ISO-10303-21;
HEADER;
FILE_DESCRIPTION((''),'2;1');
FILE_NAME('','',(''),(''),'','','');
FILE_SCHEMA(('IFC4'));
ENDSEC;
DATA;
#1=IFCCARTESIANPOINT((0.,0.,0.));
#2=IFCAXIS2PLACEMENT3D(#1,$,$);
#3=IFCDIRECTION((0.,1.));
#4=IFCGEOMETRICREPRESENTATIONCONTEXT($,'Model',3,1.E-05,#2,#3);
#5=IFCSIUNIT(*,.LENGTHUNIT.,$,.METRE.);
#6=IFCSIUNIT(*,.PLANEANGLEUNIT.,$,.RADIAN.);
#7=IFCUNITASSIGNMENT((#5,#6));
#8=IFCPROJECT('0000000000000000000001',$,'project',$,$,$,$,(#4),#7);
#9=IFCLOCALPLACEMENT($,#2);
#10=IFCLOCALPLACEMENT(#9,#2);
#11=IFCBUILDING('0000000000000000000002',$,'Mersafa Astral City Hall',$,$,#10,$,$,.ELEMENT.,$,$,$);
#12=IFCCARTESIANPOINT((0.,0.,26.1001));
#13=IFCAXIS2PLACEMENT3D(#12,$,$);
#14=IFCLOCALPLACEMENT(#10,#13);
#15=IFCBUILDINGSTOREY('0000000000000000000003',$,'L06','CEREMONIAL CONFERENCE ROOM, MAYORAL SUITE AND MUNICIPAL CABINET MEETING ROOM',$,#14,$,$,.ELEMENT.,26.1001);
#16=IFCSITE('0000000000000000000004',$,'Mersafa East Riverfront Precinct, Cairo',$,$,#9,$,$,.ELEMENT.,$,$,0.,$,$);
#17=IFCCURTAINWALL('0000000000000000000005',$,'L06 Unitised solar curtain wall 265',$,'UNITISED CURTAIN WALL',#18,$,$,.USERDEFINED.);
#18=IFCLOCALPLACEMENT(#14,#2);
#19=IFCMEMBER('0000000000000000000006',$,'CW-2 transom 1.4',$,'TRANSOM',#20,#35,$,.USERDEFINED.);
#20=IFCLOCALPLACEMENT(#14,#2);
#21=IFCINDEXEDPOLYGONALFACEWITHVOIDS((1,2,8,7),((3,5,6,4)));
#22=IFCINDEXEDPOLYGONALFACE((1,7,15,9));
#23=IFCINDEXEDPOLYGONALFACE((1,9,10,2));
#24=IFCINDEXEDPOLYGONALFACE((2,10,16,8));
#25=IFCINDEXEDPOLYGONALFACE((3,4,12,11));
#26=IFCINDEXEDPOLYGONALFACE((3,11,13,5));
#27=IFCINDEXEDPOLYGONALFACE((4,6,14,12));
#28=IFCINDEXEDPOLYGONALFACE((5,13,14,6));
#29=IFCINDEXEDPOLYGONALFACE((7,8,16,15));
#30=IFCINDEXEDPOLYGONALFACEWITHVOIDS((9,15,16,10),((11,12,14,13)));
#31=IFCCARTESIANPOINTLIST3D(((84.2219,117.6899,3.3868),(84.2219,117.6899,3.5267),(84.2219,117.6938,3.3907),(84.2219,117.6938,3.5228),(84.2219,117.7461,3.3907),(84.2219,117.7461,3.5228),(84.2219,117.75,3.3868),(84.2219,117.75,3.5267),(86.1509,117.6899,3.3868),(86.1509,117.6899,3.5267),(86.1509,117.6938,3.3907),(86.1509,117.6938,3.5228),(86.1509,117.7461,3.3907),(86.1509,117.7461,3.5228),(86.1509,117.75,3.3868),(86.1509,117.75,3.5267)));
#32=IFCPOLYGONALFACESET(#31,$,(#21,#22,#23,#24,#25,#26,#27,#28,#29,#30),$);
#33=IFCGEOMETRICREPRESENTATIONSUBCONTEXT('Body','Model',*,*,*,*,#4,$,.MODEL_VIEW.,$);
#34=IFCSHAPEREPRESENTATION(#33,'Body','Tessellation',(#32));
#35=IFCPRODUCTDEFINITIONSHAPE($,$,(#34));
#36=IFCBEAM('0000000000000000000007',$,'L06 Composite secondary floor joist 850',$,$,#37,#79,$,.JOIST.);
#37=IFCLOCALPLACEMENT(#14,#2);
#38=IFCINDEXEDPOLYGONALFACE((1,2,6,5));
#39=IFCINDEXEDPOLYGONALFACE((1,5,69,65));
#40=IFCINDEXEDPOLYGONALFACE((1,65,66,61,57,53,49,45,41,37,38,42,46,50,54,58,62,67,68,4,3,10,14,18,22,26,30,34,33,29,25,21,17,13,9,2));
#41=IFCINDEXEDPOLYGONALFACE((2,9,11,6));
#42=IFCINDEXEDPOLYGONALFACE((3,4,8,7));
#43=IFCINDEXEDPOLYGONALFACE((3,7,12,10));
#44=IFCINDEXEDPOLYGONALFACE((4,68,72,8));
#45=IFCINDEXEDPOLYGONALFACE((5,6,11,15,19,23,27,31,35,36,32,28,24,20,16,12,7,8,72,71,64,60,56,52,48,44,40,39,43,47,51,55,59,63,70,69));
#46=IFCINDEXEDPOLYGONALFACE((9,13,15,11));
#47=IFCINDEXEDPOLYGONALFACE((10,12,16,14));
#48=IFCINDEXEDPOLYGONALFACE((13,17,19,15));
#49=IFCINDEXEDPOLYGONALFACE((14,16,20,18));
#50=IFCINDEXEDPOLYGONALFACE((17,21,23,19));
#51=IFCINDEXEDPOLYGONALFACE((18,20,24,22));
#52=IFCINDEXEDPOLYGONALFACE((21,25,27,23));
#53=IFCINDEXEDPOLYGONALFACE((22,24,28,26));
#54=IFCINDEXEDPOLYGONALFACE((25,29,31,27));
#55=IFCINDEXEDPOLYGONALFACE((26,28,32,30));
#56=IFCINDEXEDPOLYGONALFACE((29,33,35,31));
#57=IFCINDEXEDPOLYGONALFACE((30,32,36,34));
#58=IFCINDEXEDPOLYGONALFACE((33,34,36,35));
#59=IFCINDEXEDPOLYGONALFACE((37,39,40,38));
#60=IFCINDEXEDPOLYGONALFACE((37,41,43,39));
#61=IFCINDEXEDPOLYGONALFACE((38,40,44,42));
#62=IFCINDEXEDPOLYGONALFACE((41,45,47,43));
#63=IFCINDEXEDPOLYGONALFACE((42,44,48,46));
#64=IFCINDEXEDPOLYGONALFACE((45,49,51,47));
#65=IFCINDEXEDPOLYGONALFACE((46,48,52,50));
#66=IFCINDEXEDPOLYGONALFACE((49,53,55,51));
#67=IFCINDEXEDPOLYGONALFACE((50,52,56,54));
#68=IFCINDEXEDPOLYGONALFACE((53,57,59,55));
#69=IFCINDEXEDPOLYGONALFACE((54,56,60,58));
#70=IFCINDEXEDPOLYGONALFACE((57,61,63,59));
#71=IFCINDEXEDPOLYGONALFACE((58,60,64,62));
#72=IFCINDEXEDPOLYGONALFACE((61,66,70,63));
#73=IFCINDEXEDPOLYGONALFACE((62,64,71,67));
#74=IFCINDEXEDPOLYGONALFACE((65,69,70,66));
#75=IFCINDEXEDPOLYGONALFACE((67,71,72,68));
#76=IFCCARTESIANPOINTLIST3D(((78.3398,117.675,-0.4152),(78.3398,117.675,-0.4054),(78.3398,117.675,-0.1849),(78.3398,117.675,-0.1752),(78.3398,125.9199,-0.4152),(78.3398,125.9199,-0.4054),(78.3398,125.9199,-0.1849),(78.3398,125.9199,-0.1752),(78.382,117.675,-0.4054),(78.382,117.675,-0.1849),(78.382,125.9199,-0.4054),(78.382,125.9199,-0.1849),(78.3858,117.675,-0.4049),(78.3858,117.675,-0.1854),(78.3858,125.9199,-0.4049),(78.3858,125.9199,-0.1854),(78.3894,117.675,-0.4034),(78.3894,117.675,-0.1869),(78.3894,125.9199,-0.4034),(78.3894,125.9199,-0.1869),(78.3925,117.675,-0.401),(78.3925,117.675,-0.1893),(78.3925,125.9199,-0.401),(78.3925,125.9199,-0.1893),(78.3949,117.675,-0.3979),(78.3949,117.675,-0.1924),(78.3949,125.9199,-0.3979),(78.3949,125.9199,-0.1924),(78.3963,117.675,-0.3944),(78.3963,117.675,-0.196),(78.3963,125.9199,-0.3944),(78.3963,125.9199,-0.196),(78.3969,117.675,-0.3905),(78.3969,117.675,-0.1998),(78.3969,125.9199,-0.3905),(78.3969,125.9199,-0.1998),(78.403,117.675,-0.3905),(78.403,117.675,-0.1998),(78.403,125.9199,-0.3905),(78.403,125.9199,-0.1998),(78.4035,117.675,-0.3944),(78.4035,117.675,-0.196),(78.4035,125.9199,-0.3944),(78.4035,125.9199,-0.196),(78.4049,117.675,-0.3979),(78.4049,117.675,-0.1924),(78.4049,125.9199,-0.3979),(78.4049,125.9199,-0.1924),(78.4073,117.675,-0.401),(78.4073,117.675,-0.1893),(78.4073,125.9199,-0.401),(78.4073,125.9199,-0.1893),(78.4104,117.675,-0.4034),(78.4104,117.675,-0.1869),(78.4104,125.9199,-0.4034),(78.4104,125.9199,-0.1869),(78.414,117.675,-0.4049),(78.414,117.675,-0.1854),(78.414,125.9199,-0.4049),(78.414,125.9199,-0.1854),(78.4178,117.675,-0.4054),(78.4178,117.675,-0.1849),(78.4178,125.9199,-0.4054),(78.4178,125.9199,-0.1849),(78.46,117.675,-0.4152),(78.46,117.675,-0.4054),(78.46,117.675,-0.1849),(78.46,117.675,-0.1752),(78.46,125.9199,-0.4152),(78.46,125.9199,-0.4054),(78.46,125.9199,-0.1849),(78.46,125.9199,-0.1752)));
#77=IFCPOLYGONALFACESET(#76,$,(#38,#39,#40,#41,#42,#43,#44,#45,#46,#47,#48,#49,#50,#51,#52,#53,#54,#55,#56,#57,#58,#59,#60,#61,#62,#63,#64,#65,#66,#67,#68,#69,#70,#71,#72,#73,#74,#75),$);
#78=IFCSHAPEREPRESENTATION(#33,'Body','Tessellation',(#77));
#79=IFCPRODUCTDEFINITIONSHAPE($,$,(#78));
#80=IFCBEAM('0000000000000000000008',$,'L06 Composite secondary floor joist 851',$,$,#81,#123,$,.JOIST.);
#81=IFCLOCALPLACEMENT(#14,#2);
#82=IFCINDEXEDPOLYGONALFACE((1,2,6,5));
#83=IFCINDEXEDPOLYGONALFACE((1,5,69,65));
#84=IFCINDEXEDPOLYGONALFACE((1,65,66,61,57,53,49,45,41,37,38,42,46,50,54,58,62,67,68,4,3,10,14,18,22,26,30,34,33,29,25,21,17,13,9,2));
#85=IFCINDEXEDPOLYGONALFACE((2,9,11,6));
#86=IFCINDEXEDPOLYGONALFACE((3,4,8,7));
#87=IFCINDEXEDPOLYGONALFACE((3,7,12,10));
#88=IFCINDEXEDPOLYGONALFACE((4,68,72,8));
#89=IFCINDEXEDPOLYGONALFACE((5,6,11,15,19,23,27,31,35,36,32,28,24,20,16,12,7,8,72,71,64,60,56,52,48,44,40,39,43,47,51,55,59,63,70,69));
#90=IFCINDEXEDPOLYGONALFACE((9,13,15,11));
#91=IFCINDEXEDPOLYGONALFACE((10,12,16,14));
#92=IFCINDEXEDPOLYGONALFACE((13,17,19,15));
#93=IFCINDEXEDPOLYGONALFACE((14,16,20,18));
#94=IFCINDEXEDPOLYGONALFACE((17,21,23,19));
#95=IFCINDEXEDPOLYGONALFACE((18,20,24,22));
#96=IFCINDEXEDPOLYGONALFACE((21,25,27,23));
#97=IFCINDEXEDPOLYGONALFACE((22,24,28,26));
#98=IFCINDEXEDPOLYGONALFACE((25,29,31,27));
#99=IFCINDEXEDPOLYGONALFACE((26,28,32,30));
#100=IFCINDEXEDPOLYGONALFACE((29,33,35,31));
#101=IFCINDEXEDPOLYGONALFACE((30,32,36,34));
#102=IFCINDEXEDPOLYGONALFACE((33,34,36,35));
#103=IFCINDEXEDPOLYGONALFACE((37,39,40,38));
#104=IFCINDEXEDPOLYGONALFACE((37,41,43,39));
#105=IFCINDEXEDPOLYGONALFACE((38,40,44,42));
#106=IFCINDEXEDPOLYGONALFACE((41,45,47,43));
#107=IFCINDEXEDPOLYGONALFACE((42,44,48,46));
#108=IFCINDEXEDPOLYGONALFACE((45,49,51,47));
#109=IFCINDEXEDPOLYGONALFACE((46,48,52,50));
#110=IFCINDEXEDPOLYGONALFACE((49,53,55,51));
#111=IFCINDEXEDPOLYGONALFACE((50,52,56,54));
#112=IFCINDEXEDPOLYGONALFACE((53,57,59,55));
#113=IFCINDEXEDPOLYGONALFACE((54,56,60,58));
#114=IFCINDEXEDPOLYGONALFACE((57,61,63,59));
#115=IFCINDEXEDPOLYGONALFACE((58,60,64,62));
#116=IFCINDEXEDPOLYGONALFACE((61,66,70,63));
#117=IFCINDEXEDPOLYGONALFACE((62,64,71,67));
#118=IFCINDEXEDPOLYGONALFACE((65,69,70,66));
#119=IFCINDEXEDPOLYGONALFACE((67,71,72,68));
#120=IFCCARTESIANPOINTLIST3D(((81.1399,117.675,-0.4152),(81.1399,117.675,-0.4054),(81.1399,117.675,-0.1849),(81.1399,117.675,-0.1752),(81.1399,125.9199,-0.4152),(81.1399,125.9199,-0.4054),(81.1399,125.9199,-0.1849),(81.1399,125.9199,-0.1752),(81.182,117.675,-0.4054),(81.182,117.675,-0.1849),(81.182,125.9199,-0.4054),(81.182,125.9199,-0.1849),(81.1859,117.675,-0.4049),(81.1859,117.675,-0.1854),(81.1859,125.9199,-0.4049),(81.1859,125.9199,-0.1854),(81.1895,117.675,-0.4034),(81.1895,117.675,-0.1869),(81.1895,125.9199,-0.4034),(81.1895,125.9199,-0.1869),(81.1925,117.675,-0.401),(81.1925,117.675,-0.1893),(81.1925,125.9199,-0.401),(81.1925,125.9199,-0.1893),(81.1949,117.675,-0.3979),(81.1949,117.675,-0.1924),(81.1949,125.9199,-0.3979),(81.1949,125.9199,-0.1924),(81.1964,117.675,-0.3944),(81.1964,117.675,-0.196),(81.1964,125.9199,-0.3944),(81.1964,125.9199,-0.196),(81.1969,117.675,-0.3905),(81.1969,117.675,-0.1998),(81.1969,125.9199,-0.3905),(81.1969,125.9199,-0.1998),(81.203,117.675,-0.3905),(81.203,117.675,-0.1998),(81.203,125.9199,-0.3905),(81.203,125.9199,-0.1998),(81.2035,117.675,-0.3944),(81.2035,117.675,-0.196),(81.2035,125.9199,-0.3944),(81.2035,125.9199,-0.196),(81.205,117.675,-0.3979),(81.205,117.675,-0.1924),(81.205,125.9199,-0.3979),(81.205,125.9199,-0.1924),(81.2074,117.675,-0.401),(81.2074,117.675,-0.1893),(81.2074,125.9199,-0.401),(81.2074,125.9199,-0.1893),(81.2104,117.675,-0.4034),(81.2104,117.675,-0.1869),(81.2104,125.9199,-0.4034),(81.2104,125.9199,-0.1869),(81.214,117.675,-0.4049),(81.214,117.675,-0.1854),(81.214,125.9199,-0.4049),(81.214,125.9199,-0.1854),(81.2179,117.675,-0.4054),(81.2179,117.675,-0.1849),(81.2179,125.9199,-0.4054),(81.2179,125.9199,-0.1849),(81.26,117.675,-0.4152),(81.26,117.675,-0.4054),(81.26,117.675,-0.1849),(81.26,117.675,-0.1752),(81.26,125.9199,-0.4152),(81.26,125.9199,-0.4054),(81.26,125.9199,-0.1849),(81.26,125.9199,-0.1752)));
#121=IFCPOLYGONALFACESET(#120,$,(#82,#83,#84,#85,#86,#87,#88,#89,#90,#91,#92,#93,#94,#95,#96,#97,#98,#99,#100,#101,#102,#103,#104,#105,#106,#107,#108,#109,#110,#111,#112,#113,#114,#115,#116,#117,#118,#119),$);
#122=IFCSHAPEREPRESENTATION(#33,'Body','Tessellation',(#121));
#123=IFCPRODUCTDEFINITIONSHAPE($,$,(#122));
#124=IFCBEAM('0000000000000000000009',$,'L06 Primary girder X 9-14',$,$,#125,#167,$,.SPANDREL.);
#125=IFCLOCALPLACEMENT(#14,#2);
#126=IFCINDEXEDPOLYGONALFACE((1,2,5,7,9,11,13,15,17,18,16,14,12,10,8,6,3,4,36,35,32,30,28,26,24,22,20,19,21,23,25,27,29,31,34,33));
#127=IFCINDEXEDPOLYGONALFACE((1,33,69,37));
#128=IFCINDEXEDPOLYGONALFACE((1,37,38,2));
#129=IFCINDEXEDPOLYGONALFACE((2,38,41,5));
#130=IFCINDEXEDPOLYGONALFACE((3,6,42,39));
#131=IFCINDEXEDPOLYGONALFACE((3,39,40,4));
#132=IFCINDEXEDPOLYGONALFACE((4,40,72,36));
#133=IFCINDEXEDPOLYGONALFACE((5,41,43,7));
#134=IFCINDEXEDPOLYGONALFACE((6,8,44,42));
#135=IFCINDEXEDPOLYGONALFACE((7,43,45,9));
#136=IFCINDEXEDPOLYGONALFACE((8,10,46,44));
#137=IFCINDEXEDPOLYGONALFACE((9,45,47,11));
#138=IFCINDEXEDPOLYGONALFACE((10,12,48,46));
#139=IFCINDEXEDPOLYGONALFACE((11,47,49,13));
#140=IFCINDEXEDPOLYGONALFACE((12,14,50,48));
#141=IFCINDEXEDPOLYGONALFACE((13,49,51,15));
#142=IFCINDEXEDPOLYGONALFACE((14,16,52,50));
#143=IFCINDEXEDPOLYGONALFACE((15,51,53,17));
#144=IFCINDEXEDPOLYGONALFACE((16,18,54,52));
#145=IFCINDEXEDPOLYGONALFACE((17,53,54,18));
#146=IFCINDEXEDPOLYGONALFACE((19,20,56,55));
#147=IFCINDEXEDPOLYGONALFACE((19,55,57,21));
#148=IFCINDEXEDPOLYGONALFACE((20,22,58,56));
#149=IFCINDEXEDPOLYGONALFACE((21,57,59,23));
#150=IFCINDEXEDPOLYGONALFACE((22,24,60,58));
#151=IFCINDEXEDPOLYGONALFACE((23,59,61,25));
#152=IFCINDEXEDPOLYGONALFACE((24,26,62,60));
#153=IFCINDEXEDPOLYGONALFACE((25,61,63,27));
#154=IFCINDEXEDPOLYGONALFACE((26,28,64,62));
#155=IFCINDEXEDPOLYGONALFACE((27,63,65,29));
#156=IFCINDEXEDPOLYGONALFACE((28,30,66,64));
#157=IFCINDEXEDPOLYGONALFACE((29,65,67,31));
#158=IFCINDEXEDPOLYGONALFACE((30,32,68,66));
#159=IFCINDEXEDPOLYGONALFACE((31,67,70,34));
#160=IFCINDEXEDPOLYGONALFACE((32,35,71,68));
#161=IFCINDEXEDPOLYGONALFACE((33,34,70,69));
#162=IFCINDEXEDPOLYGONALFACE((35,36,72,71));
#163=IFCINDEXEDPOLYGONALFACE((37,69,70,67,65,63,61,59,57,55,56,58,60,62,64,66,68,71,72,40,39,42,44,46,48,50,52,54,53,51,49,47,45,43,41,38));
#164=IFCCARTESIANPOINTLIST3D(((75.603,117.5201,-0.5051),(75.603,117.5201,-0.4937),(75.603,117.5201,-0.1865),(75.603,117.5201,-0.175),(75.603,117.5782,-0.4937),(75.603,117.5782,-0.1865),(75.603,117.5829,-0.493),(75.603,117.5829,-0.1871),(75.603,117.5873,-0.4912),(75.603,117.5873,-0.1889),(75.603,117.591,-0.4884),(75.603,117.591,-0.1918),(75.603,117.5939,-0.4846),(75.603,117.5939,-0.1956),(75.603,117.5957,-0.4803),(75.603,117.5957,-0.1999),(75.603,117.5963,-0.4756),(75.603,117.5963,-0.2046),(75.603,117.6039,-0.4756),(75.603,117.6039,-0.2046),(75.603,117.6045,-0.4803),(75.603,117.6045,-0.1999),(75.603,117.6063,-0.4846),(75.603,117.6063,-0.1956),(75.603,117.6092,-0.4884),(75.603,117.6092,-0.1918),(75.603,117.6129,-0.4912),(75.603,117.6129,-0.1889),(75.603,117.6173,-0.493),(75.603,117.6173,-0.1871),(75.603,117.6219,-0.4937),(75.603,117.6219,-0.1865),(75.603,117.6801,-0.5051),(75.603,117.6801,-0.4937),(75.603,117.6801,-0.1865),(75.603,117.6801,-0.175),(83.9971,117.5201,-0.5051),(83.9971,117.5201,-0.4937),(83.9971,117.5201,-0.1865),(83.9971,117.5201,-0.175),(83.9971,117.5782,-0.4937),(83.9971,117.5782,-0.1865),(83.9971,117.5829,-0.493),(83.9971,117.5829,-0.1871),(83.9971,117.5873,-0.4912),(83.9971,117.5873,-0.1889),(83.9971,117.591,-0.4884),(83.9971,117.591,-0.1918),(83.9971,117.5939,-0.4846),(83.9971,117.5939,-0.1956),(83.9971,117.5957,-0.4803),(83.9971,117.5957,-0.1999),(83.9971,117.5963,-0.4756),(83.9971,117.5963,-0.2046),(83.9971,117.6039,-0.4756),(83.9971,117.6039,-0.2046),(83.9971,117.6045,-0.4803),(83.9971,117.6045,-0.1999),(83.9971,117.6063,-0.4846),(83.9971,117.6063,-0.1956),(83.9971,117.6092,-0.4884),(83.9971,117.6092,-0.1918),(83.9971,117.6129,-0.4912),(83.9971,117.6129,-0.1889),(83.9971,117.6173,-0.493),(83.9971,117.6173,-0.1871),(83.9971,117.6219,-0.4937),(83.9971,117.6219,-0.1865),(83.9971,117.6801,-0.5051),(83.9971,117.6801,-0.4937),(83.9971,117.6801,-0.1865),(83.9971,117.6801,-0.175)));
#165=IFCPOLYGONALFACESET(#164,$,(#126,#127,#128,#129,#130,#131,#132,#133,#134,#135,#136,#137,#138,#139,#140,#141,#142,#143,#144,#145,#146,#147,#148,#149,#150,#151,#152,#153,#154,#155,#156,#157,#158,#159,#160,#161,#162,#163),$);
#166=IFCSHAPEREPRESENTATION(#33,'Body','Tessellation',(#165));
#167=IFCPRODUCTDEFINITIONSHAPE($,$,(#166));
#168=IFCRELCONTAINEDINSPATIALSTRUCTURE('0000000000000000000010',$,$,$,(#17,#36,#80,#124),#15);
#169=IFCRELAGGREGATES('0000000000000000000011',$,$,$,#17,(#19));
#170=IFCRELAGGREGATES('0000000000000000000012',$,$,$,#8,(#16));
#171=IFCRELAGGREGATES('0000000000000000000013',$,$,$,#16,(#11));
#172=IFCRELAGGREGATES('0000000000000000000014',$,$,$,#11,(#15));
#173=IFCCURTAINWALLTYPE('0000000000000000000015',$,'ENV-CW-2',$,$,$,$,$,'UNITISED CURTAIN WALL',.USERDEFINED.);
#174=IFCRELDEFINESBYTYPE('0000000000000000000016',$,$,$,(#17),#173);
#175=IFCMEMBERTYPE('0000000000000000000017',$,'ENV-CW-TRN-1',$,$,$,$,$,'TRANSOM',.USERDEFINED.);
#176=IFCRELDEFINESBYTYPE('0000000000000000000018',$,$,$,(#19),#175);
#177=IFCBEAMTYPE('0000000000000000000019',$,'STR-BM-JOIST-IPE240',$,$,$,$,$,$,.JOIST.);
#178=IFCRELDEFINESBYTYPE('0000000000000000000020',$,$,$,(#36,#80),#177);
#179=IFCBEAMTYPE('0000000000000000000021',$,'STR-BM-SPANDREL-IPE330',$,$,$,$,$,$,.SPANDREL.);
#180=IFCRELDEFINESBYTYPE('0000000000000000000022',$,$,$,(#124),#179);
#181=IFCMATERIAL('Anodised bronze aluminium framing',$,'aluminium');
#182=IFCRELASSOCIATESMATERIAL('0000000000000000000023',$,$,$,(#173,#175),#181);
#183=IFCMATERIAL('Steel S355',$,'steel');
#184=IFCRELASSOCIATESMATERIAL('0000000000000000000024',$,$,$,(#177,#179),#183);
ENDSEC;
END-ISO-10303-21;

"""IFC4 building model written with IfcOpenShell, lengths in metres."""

from ifc_helpers import new_model, si_unit, direction, frame, origin, origin_2d, place, context, subcontext, project, spatial, hollow_rectangle, i_section, extrude, material, material_profile, profile_set, type_object, element, aggregate, save


model = new_model("IFC4")

# Units and contexts
model_context = context("Model", 3, precision=1e-05, world=origin(), true_north=direction((0.0, 1.0)))
body_context = subcontext(model_context, "Body", "Model", "MODEL_VIEW")
ifc_project = project(units=[si_unit("LENGTHUNIT", "METRE"), si_unit("PLANEANGLEUNIT", "RADIAN")], contexts=[model_context])

# Site, building, storey
site_placement = place(None, origin())
site = spatial("IfcSite", under=ifc_project, at=site_placement, Name="Mersafa East Riverfront Precinct, Cairo", CompositionType="ELEMENT", RefElevation=0.0)
building_placement = place(site_placement, origin())
building = spatial("IfcBuilding", under=site, at=building_placement, Name="Mersafa Astral City Hall", CompositionType="ELEMENT")
storey_placement = place(building_placement, frame((0.0, 0.0, 26.1001)))
storey = spatial("IfcBuildingStorey", under=building, at=storey_placement, Name="L06", Description="CEREMONIAL CONFERENCE ROOM, MAYORAL SUITE AND MUNICIPAL CABINET MEETING ROOM", CompositionType="ELEMENT", Elevation=26.1001)

# Shared definitions
ifc_material_1 = material(Name="Steel S355", Category="steel")

# Shared definitions
ifc_material_2 = material(Name="Anodised bronze aluminium framing", Category="aluminium")

# Curtain wall, member
curtain_wall_type_1 = type_object("IfcCurtainWallType", Name="ENV-CW-2", ElementType="UNITISED CURTAIN WALL", PredefinedType="USERDEFINED", material=ifc_material_2)
curtain_wall_1_placement = place(storey_placement, origin())
curtain_wall_1 = element("IfcCurtainWall", 1, at=curtain_wall_1_placement, inside=storey, type_object=curtain_wall_type_1, Name="L06 Unitised solar curtain wall 265", ObjectType="UNITISED CURTAIN WALL", PredefinedType="USERDEFINED")
ifc_material_profile_1 = material_profile(ifc_material_2, hollow_rectangle(XDim=0.0601, YDim=0.1399, WallThickness=0.0039, at=origin_2d()), Name="RHS 60x140x4")
ifc_profile_set_1 = profile_set([ifc_material_profile_1], Name="Anodised bronze aluminium framing")
member_type_1 = type_object("IfcMemberType", Name="ENV-CW-TRN-1", ElementType="TRANSOM", PredefinedType="USERDEFINED", material=ifc_profile_set_1)
member_1_placement = place(storey_placement, frame((84.2219, 117.72, 3.4568), z_axis=(1.0, 0.0, 0.0), x_axis=(0.0, 1.0, 0.0)))
member_1 = element("IfcMember", 2, at=member_1_placement, type_object=member_type_1, Name="CW-2 transom 1.4", ObjectType="TRANSOM", PredefinedType="USERDEFINED", context=body_context, shape_type="SweptSolid", body=[
    extrude(hollow_rectangle(XDim=0.0601, YDim=0.1399, WallThickness=0.0039, at=origin_2d()), origin(), (0.0, 0.0, 1.0), 1.929),
])

# Beams
ifc_material_profile_2 = material_profile(ifc_material_1, i_section(OverallWidth=0.1201, OverallDepth=0.24, WebThickness=0.0061, FlangeThickness=0.0098, FilletRadius=0.0149, at=origin_2d()), Name="IPE 240")
ifc_profile_set_2 = profile_set([ifc_material_profile_2], Name="Steel S355")
beam_type_1 = type_object("IfcBeamType", Name="STR-BM-JOIST-IPE240", PredefinedType="JOIST", material=ifc_profile_set_2)
for number, where, z_axis, x_axis, name in (
    (3, (78.3999, 117.675, -0.2952), (0.0, 1.0, 0.0), (-1.0, 0.0, 0.0), "L06 Composite secondary floor joist 850"),
    (4, (81.2, 117.675, -0.2952), (0.0, 1.0, 0.0), (-1.0, 0.0, 0.0), "L06 Composite secondary floor joist 851"),
):
    element("IfcBeam", number, at=place(storey_placement, frame(where, z_axis=z_axis, x_axis=x_axis)), inside=storey, type_object=beam_type_1, Name=name, PredefinedType="JOIST", context=body_context, shape_type="SweptSolid", body=[
        extrude(i_section(OverallWidth=0.1201, OverallDepth=0.24, WebThickness=0.0061, FlangeThickness=0.0098, FilletRadius=0.0149, at=origin_2d()), origin(), (0.0, 0.0, 1.0), 8.2449),
    ])
ifc_material_profile_3 = material_profile(ifc_material_1, i_section(OverallWidth=0.1599, OverallDepth=0.3301, WebThickness=0.0076, FlangeThickness=0.0115, FilletRadius=0.0181, at=origin_2d()), Name="IPE 330")
ifc_profile_set_3 = profile_set([ifc_material_profile_3], Name="Steel S355")
beam_type_2 = type_object("IfcBeamType", Name="STR-BM-SPANDREL-IPE330", PredefinedType="SPANDREL", material=ifc_profile_set_3)
beam_1_placement = place(storey_placement, frame((75.603, 117.6001, -0.3401), z_axis=(1.0, 0.0, 0.0), x_axis=(0.0, 1.0, 0.0)))
element("IfcBeam", 5, at=beam_1_placement, inside=storey, type_object=beam_type_2, Name="L06 Primary girder X 9-14", PredefinedType="SPANDREL", context=body_context, shape_type="SweptSolid", body=[
    extrude(i_section(OverallWidth=0.1599, OverallDepth=0.3301, WebThickness=0.0076, FlangeThickness=0.0115, FilletRadius=0.0181, at=origin_2d()), origin(), (0.0, 0.0, 1.0), 8.394),
])

aggregate(curtain_wall_1, [member_1])

save(model, "model.ifc")
